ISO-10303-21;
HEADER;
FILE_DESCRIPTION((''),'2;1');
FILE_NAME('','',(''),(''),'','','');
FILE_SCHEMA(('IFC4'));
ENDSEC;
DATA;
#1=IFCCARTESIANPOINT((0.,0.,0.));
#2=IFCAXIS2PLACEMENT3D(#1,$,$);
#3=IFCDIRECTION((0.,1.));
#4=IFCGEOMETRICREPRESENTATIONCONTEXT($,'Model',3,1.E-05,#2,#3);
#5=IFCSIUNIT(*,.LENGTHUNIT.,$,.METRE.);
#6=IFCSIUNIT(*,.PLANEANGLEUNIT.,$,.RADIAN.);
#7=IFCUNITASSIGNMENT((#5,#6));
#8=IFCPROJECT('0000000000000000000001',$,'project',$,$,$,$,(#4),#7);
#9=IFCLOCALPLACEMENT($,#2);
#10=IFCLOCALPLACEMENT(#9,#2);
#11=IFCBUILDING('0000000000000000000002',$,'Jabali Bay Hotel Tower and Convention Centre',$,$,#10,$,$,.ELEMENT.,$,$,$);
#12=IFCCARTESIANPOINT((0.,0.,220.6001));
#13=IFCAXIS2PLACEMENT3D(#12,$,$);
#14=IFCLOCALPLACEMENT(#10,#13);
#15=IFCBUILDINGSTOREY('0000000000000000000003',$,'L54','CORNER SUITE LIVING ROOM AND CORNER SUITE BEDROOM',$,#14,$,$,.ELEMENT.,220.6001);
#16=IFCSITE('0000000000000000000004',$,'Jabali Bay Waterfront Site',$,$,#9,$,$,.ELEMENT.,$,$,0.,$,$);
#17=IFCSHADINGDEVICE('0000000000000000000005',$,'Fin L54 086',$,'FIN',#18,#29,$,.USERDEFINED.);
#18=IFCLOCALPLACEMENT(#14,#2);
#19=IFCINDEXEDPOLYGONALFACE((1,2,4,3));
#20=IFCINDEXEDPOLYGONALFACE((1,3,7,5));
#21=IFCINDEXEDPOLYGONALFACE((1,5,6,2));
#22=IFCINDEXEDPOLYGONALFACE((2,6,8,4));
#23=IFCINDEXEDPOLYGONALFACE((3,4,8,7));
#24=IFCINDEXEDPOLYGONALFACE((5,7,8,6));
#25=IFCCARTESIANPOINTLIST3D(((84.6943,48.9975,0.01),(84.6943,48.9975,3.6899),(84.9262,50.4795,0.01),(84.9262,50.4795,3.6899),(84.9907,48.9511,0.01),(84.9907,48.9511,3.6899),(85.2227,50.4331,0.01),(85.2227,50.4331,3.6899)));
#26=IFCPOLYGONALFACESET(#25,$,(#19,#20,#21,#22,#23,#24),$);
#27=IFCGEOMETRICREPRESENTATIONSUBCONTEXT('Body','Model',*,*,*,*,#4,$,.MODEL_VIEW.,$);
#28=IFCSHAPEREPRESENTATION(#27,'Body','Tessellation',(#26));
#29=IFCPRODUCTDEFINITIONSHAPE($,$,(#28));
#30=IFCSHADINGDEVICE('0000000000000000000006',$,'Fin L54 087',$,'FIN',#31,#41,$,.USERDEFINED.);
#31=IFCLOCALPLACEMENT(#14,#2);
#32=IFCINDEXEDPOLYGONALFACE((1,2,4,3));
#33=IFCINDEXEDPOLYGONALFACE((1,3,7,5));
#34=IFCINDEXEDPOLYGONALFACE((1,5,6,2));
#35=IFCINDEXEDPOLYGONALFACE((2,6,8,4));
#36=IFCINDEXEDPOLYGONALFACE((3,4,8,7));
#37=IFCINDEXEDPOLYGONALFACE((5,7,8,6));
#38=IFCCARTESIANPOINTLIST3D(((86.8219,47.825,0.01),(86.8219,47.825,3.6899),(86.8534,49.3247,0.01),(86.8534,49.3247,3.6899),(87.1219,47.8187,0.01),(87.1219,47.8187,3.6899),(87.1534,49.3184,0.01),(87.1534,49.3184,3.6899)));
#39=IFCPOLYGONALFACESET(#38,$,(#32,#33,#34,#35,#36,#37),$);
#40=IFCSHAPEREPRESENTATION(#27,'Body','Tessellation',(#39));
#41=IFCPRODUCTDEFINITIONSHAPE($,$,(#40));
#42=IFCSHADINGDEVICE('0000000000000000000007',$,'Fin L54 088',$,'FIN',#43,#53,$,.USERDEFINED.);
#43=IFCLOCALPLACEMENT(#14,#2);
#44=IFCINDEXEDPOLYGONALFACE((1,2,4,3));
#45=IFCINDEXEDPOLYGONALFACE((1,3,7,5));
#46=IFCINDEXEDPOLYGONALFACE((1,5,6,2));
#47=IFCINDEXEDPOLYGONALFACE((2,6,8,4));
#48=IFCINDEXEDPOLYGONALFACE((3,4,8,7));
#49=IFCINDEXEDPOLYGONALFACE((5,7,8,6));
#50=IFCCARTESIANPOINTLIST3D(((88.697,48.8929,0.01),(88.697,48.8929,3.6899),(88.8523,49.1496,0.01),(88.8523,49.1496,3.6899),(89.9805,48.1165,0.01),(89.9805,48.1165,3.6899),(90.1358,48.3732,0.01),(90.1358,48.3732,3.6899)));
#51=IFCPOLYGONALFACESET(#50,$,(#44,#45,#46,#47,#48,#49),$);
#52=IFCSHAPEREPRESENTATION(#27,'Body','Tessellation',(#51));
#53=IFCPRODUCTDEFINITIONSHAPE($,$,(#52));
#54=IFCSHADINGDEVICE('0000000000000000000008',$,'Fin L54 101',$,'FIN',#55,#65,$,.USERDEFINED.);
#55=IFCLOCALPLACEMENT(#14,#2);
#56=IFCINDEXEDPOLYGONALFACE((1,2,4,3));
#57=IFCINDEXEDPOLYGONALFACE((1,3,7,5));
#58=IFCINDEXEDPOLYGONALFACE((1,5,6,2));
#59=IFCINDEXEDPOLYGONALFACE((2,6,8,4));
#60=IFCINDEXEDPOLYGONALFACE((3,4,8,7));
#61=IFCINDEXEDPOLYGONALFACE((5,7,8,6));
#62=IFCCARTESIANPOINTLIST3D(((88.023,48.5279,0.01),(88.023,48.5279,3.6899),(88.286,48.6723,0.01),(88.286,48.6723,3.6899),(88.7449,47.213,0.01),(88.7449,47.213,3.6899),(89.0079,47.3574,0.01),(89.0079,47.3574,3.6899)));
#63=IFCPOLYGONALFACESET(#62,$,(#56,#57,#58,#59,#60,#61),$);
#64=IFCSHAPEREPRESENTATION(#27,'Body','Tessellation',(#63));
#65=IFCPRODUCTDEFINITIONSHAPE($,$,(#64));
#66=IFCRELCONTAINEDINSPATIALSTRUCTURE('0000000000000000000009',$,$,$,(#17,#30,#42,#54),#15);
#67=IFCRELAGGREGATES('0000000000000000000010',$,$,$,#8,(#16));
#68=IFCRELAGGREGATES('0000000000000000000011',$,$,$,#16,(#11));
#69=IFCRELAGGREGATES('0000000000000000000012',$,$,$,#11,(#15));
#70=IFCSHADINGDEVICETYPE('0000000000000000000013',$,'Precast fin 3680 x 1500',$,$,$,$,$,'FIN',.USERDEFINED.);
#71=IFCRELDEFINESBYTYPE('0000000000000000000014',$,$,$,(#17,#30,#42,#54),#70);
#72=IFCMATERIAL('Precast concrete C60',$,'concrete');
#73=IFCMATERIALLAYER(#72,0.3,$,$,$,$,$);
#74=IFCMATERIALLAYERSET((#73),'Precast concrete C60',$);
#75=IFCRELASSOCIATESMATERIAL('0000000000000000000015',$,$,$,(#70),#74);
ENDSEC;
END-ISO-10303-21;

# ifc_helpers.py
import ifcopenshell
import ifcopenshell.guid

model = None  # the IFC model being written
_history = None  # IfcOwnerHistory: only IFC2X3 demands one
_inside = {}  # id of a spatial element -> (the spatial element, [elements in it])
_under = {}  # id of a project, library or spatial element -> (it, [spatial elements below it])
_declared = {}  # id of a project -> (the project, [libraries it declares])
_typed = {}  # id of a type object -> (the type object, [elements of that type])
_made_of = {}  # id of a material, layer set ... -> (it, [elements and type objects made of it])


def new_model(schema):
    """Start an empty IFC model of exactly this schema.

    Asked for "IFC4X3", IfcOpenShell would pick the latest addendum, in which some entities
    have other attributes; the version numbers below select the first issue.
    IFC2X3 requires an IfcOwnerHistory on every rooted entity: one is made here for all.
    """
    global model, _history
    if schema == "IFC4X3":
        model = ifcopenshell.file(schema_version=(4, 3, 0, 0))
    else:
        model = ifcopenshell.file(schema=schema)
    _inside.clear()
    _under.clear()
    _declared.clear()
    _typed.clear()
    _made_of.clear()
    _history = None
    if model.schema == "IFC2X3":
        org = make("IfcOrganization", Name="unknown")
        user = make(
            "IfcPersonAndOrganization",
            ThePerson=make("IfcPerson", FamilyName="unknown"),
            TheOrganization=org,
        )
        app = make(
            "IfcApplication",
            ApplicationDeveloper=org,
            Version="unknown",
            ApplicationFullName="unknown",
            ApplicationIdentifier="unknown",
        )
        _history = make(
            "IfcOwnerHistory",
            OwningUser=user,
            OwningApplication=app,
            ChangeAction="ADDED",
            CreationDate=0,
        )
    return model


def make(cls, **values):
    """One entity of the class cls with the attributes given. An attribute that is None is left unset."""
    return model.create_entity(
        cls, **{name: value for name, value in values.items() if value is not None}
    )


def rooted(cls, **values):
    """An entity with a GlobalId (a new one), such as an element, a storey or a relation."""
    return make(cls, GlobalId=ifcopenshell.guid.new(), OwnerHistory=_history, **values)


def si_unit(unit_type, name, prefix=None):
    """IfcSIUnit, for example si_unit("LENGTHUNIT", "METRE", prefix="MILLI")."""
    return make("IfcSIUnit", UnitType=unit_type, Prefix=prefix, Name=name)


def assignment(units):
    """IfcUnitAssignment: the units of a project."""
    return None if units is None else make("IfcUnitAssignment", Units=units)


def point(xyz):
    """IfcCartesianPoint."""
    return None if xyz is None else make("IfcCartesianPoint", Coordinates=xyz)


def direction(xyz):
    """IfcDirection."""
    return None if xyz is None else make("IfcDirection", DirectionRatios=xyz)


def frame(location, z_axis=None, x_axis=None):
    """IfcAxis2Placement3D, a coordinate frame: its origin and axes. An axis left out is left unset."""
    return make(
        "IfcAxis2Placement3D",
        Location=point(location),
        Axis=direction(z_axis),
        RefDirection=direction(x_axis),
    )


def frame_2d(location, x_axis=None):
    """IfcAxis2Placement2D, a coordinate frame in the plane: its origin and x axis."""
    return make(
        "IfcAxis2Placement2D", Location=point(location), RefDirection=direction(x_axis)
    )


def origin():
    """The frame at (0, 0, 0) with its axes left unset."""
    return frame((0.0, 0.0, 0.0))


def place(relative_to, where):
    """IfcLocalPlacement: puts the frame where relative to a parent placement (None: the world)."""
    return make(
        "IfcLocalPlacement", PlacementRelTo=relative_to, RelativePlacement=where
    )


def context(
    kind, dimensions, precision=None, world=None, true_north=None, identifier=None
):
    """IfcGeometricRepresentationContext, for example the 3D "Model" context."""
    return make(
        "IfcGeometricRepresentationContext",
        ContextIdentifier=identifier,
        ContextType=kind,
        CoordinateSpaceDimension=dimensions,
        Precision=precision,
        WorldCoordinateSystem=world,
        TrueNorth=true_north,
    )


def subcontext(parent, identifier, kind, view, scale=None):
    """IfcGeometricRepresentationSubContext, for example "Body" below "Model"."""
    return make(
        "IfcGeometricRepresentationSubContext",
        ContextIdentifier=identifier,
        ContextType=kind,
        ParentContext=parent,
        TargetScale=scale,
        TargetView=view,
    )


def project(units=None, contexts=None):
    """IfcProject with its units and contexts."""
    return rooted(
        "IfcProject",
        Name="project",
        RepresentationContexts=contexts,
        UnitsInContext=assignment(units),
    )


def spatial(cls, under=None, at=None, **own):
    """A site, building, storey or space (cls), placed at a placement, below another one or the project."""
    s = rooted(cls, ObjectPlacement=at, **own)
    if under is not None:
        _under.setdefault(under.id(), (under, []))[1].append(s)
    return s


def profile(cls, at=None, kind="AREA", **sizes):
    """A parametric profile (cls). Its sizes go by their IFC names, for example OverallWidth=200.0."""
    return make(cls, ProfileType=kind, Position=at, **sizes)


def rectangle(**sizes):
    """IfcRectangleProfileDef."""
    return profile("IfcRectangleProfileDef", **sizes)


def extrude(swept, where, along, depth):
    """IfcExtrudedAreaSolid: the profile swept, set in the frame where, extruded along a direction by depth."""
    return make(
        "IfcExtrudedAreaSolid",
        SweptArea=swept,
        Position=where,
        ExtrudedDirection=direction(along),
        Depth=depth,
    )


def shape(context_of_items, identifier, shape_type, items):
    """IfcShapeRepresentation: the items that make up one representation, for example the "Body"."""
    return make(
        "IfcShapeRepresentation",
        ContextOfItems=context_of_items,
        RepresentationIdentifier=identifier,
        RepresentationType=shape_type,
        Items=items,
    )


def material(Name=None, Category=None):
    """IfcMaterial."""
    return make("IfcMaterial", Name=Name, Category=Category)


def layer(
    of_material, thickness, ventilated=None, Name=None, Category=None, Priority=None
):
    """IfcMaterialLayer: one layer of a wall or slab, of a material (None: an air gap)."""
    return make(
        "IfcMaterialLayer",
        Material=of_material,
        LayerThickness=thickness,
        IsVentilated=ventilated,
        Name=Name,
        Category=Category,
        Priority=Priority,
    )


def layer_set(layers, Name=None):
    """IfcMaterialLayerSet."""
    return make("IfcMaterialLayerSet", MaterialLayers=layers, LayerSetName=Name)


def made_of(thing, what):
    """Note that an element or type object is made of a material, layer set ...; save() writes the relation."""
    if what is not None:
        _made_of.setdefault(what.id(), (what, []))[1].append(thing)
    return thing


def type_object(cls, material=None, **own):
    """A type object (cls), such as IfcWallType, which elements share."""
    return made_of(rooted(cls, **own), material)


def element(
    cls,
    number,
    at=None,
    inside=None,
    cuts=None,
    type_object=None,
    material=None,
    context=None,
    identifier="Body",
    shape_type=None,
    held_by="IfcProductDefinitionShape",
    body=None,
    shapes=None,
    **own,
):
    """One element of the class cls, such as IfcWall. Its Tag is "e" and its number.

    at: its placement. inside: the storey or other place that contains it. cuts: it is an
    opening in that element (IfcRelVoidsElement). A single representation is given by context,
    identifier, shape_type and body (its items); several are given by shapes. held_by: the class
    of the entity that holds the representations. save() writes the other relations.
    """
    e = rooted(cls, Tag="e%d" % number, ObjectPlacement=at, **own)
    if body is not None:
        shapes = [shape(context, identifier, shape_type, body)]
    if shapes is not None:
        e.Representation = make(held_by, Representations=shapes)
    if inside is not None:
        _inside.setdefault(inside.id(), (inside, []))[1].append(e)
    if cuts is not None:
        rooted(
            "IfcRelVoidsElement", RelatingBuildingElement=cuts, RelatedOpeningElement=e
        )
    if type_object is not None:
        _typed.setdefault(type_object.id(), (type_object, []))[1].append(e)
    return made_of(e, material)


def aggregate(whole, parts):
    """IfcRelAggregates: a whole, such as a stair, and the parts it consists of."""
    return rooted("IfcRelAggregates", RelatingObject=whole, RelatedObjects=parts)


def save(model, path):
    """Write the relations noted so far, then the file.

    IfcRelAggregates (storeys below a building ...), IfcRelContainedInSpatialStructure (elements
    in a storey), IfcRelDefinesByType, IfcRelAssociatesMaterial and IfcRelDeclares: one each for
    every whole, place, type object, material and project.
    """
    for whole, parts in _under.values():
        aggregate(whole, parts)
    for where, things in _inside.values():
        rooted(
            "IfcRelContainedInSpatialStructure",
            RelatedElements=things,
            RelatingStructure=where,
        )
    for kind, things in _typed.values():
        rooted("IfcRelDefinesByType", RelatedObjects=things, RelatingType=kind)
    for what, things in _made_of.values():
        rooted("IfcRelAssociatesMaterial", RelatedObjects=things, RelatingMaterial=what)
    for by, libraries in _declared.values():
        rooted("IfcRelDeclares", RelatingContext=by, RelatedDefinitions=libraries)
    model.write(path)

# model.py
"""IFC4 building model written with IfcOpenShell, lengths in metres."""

from ifc_helpers import new_model, si_unit, direction, frame, frame_2d, origin, place, context, subcontext, project, spatial, rectangle, extrude, material, layer, layer_set, type_object, element, save


model = new_model("IFC4")

# Units and contexts
model_context = context("Model", 3, precision=1e-05, world=origin(), true_north=direction((0.0, 1.0)))
body_context = subcontext(model_context, "Body", "Model", "MODEL_VIEW")
ifc_project = project(units=[si_unit("LENGTHUNIT", "METRE"), si_unit("PLANEANGLEUNIT", "RADIAN")], contexts=[model_context])

# Site, building, storey
site_placement = place(None, origin())
site = spatial("IfcSite", under=ifc_project, at=site_placement, Name="Jabali Bay Waterfront Site", CompositionType="ELEMENT", RefElevation=0.0)
building_placement = place(site_placement, origin())
building = spatial("IfcBuilding", under=site, at=building_placement, Name="Jabali Bay Hotel Tower and Convention Centre", CompositionType="ELEMENT")
storey_placement = place(building_placement, frame((0.0, 0.0, 220.6001)))
storey = spatial("IfcBuildingStorey", under=building, at=storey_placement, Name="L54", Description="CORNER SUITE LIVING ROOM AND CORNER SUITE BEDROOM", CompositionType="ELEMENT", Elevation=220.6001)

# Shading devices
ifc_material_1 = material(Name="Precast concrete C60", Category="concrete")
ifc_layer_1 = layer(ifc_material_1, 0.3)
ifc_layer_set_1 = layer_set([ifc_layer_1], Name="Precast concrete C60")
shading_device_type = type_object("IfcShadingDeviceType", Name="Precast fin 3680 x 1500", ElementType="FIN", PredefinedType="USERDEFINED", material=ifc_layer_set_1)
for number, where, z_axis, x_axis, name in (
    (1, (85.0745, 50.4563, 0.01), (0.0, 0.0, 1.0), (-0.154625, -0.987973, 0.0), "Fin L54 086"),
    (2, (87.0034, 49.3215, 0.01), (0.0, 0.0, 1.0), (-0.020995, -0.99978, 0.0), "Fin L54 087"),
    (3, (88.7747, 49.0212, 0.01), (0.0, 0.0, 1.0), (0.855635, -0.51758, 0.0), "Fin L54 088"),
    (4, (88.1545, 48.6001, 0.01), (0.0, 0.0, 1.0), (0.481256, -0.87658, 0.0), "Fin L54 101"),
):
    element("IfcShadingDevice", number, at=place(storey_placement, frame(where, z_axis=z_axis, x_axis=x_axis)), inside=storey, type_object=shading_device_type, Name=name, ObjectType="FIN", PredefinedType="USERDEFINED", context=body_context, shape_type="SweptSolid", body=[
        extrude(rectangle(XDim=1.5, YDim=0.3, at=frame_2d((0.75, 0.0))), origin(), (0.0, 0.0, 1.0), 3.6799),
    ])

save(model, "model.ifc")
